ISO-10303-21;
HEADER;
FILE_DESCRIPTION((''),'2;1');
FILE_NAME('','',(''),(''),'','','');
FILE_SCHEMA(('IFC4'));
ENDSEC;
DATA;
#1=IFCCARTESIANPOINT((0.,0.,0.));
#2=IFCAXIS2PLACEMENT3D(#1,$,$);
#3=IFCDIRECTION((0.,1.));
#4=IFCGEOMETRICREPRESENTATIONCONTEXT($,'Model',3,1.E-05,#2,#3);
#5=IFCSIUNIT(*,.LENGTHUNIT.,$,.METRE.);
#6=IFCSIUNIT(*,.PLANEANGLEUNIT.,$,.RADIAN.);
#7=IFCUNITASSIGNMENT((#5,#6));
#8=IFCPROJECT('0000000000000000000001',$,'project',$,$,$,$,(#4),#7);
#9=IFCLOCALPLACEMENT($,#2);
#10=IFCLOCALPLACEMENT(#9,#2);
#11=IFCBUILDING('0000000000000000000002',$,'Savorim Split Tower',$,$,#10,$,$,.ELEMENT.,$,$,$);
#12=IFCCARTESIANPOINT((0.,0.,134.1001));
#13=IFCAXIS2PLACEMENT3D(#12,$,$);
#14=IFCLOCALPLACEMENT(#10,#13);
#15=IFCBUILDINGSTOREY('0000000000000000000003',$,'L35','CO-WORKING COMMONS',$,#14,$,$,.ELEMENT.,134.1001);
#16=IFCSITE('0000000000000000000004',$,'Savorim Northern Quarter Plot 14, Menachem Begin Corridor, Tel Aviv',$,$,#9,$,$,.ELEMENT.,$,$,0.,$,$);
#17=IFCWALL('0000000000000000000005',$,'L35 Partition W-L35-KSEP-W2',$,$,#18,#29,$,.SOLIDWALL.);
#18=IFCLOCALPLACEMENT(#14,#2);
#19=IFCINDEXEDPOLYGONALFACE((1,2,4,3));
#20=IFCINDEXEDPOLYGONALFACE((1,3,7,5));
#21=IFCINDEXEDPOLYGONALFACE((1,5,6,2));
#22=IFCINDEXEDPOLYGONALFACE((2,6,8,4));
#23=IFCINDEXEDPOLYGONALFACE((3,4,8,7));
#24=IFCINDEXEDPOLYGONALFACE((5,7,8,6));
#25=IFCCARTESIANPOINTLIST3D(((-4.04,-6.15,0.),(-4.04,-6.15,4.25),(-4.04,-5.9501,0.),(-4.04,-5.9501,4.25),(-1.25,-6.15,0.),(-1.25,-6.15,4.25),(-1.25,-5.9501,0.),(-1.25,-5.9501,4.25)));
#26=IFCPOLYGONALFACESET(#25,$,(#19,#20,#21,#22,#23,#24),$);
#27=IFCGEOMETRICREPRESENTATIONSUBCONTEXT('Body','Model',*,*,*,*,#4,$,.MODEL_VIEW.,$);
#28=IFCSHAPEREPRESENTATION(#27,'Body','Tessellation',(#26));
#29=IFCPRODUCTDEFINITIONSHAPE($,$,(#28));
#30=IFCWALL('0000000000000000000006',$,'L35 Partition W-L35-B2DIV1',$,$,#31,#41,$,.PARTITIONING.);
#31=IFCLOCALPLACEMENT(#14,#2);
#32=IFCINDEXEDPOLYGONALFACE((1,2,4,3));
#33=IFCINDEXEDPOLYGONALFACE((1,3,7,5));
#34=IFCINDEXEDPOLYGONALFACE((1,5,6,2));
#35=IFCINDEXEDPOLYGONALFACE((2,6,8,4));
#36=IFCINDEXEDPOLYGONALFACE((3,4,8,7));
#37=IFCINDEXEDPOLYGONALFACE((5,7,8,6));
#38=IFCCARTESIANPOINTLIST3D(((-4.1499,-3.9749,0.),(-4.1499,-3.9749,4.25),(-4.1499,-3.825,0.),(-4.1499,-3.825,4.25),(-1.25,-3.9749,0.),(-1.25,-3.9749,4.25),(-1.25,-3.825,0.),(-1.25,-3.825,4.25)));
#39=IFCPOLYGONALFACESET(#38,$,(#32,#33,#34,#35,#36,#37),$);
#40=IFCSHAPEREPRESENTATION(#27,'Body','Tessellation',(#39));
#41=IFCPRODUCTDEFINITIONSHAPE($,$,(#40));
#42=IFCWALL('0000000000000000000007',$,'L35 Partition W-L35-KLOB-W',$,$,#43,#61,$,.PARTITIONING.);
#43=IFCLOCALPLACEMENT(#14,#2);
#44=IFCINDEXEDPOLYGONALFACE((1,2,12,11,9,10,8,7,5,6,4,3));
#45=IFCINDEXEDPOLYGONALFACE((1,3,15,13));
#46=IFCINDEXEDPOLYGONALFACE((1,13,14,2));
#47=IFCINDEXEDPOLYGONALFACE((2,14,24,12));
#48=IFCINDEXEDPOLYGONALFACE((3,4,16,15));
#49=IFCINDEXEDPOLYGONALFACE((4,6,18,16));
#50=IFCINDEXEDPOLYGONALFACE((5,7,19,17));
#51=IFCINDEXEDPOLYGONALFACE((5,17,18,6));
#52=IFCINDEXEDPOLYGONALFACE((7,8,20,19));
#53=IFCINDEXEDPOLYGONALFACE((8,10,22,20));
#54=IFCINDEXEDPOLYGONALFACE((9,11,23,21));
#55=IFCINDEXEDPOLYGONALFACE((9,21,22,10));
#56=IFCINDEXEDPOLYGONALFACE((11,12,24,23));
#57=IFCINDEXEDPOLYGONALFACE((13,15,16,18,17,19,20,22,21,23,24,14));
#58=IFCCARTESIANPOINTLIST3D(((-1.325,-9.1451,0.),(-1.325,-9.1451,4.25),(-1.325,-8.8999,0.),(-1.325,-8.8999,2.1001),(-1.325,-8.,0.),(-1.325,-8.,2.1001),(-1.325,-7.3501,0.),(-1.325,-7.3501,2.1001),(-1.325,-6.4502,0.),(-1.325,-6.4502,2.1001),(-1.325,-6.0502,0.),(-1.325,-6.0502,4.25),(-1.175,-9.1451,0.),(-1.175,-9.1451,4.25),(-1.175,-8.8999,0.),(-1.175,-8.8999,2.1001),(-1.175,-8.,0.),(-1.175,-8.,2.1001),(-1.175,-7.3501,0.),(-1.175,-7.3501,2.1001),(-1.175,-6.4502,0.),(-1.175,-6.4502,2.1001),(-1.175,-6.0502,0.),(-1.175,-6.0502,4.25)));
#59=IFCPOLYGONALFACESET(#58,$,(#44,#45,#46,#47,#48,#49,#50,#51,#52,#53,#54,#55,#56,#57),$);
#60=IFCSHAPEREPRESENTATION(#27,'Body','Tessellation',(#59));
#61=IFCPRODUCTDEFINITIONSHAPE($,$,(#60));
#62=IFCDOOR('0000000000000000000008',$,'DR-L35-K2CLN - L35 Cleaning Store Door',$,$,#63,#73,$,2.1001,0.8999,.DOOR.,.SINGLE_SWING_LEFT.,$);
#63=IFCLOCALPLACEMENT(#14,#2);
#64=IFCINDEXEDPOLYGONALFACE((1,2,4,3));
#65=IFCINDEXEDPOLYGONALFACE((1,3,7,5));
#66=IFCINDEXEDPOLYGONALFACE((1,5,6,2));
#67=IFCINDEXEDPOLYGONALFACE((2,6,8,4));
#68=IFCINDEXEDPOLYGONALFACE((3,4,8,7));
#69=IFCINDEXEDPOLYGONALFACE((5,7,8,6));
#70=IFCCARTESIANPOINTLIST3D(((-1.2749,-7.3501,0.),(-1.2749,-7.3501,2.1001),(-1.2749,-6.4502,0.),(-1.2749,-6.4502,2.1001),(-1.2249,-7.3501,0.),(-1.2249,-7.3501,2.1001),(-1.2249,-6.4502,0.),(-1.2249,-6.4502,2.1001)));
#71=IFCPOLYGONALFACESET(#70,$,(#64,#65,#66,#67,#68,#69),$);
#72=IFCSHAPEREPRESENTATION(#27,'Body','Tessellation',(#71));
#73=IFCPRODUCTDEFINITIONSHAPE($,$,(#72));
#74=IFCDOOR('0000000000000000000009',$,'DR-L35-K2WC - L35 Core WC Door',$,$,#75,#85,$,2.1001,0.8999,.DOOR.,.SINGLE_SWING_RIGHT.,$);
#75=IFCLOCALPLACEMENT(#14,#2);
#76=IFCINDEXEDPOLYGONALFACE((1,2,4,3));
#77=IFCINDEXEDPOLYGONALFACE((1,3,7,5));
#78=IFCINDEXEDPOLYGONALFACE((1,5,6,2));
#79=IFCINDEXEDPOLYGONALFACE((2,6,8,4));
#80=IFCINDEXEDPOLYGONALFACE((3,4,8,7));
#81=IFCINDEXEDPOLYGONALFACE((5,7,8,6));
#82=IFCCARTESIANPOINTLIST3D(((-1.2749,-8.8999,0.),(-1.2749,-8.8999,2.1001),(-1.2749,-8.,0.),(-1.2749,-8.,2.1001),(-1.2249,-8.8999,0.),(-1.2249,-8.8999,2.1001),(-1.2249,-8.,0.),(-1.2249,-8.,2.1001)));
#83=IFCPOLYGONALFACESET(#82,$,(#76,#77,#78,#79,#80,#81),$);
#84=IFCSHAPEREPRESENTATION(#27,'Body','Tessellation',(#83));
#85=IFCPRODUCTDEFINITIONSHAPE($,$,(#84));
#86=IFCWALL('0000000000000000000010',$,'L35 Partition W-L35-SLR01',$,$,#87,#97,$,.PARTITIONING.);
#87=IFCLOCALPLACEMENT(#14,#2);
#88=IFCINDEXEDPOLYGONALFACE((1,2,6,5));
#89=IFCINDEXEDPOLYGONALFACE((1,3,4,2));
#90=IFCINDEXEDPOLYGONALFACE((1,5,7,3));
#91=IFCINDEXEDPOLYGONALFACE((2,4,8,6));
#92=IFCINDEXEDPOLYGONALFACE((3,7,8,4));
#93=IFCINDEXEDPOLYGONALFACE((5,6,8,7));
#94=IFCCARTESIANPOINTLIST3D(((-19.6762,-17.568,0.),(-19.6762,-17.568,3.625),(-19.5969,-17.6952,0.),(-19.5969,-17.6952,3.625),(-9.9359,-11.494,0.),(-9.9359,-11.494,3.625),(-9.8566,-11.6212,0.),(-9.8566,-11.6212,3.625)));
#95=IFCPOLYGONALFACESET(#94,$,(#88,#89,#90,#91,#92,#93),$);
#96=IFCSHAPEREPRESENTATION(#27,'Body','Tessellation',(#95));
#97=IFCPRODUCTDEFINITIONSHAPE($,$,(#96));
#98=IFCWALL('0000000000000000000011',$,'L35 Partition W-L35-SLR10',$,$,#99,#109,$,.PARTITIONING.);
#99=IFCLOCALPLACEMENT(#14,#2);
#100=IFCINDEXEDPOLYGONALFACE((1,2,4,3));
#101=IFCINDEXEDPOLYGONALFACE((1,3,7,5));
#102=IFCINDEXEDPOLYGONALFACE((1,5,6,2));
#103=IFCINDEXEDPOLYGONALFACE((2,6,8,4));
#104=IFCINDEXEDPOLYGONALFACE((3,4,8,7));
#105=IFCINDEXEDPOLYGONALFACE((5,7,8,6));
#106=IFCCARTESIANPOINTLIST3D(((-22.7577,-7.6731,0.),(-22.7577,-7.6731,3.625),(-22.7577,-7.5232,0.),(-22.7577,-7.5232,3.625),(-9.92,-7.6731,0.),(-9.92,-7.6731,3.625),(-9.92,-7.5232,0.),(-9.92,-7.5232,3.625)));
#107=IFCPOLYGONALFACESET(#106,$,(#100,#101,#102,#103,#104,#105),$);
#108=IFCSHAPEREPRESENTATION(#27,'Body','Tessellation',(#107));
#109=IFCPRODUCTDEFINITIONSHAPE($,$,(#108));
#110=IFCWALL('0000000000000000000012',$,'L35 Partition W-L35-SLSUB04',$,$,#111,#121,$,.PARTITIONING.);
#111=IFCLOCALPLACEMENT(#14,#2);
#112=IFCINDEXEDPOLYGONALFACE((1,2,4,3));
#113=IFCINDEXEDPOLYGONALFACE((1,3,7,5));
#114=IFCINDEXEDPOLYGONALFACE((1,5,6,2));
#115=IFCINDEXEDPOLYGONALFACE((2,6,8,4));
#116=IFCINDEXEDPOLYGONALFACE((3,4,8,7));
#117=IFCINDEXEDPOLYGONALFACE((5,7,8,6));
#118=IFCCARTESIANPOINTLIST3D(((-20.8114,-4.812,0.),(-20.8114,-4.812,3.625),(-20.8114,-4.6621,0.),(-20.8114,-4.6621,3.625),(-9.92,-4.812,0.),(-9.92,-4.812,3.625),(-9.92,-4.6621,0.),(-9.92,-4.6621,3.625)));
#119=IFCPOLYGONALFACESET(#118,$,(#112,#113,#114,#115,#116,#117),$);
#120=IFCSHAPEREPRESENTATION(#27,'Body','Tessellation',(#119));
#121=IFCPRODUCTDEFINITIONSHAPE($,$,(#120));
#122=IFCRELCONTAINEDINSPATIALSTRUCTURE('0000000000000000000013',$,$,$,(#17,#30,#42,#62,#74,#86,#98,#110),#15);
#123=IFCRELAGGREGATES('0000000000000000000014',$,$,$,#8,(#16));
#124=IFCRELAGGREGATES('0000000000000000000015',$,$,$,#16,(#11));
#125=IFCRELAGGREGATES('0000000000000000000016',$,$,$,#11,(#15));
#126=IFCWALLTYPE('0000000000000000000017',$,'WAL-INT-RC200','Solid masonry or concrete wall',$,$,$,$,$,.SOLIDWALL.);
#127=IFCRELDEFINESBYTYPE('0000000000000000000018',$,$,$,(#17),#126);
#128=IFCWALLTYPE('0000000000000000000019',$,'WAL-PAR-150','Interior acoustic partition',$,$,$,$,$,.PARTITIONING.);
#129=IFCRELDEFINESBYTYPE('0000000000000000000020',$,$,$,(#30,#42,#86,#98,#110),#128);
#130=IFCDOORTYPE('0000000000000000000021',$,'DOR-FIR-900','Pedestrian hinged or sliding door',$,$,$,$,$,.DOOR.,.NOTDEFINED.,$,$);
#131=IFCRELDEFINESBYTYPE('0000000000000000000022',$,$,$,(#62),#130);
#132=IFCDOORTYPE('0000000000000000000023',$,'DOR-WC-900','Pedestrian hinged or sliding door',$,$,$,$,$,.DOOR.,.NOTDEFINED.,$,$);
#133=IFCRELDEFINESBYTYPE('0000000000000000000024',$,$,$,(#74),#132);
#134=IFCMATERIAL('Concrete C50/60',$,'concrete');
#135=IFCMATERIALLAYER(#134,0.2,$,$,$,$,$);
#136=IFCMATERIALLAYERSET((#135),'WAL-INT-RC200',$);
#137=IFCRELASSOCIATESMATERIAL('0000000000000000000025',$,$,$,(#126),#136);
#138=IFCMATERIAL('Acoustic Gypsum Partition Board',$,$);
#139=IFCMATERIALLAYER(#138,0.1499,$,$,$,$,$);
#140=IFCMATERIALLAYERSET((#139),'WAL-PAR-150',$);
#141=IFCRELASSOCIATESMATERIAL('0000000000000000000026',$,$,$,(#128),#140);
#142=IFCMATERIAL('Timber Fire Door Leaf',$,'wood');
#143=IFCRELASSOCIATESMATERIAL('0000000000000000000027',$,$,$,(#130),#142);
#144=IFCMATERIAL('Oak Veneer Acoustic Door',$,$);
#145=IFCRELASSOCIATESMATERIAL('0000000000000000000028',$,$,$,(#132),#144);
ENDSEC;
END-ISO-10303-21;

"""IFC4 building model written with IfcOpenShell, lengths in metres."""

from ifc_helpers import new_model, si_unit, direction, frame, frame_2d, origin, place, context, subcontext, project, spatial, rectangle, extrude, material, layer, layer_set, type_object, element, fill, save


model = new_model("IFC4")

# Units and contexts
model_context = context("Model", 3, precision=1e-05, world=origin(), true_north=direction((0.0, 1.0)))
body_context = subcontext(model_context, "Body", "Model", "MODEL_VIEW")
ifc_project = project(units=[si_unit("LENGTHUNIT", "METRE"), si_unit("PLANEANGLEUNIT", "RADIAN")], contexts=[model_context])

# Site, building, storey
site_placement = place(None, origin())
site = spatial("IfcSite", under=ifc_project, at=site_placement, Name="Savorim Northern Quarter Plot 14, Menachem Begin Corridor, Tel Aviv", CompositionType="ELEMENT", RefElevation=0.0)
building_placement = place(site_placement, origin())
building = spatial("IfcBuilding", under=site, at=building_placement, Name="Savorim Split Tower", CompositionType="ELEMENT")
storey_placement = place(building_placement, frame((0.0, 0.0, 134.1001)))
storey = spatial("IfcBuildingStorey", under=building, at=storey_placement, Name="L35", Description="CO-WORKING COMMONS", CompositionType="ELEMENT", Elevation=134.1001)

# Shared definitions
ifc_material_1 = material(Name="Timber Fire Door Leaf", Category="wood")

# Shared definitions
ifc_material_2 = material(Name="Concrete C50/60", Category="concrete")
ifc_layer_1 = layer(ifc_material_2, 0.2)
ifc_layer_set_1 = layer_set([ifc_layer_1], Name="WAL-INT-RC200")
wall_type_1 = type_object("IfcWallType", Name="WAL-INT-RC200", Description="Solid masonry or concrete wall", PredefinedType="SOLIDWALL", material=ifc_layer_set_1)

# Walls
wall_1_placement = place(storey_placement, frame((-4.04, -6.05, 0.0), z_axis=(0.0, 0.0, 1.0), x_axis=(1.0, 0.0, 0.0)))
element("IfcWall", 1, at=wall_1_placement, inside=storey, type_object=wall_type_1, Name="L35 Partition W-L35-KSEP-W2", PredefinedType="SOLIDWALL", context=body_context, shape_type="SweptSolid", body=[
    extrude(rectangle(XDim=2.79, YDim=0.2, at=frame_2d((1.395, 0.0))), origin(), (0.0, 0.0, 1.0), 4.25),
])
ifc_material_3 = material(Name="Acoustic Gypsum Partition Board")
ifc_layer_2 = layer(ifc_material_3, 0.1499)
ifc_layer_set_2 = layer_set([ifc_layer_2], Name="WAL-PAR-150")
wall_type_2 = type_object("IfcWallType", Name="WAL-PAR-150", Description="Interior acoustic partition", PredefinedType="PARTITIONING", material=ifc_layer_set_2)
wall_2_placement = place(storey_placement, frame((-4.1499, -3.8999, 0.0), z_axis=(0.0, 0.0, 1.0), x_axis=(1.0, 0.0, 0.0)))
element("IfcWall", 2, at=wall_2_placement, inside=storey, type_object=wall_type_2, Name="L35 Partition W-L35-B2DIV1", PredefinedType="PARTITIONING", context=body_context, shape_type="SweptSolid", body=[
    extrude(rectangle(XDim=2.8999, YDim=0.1499, at=frame_2d((1.45, 0.0))), origin(), (0.0, 0.0, 1.0), 4.25),
])

# Wall, openings, doors
wall_3_placement = place(storey_placement, frame((-1.25, -9.145, 0.0), z_axis=(0.0, 0.0, 1.0), x_axis=(0.0, 1.0, 0.0)))
wall_3 = element("IfcWall", 3, at=wall_3_placement, inside=storey, type_object=wall_type_2, Name="L35 Partition W-L35-KLOB-W", PredefinedType="PARTITIONING", context=body_context, shape_type="SweptSolid", body=[
    extrude(rectangle(XDim=3.095, YDim=0.1499, at=frame_2d((1.5474, 0.0))), origin(), (0.0, 0.0, 1.0), 4.25),
])
opening_1_placement = place(wall_3_placement, frame((1.7949, 0.0, 0.0)))
opening_1 = element("IfcOpeningElement", 4, at=opening_1_placement, cuts=wall_3, PredefinedType="OPENING", context=body_context, shape_type="SweptSolid", body=[
    extrude(rectangle(XDim=0.8999, YDim=2.1001, at=frame_2d((0.45, 1.05))), frame((0.0, 0.085, 0.0), z_axis=(0.0, -1.0, 0.0), x_axis=(1.0, 0.0, 0.0)), (0.0, 0.0, 1.0), 0.1699),
])
opening_2_placement = place(wall_3_placement, frame((0.2451, 0.0, 0.0)))
opening_2 = element("IfcOpeningElement", 5, at=opening_2_placement, cuts=wall_3, PredefinedType="OPENING", context=body_context, shape_type="SweptSolid", body=[
    extrude(rectangle(XDim=0.8999, YDim=2.1001, at=frame_2d((0.45, 1.05))), frame((0.0, 0.085, 0.0), z_axis=(0.0, -1.0, 0.0), x_axis=(1.0, 0.0, 0.0)), (0.0, 0.0, 1.0), 0.1699),
])
door_type_1 = type_object("IfcDoorType", Name="DOR-FIR-900", Description="Pedestrian hinged or sliding door", OperationType="NOTDEFINED", PredefinedType="DOOR", material=ifc_material_1)
door_1_placement = place(opening_1_placement, origin())
door_1 = element("IfcDoor", 6, at=door_1_placement, inside=storey, type_object=door_type_1, Name="DR-L35-K2CLN - L35 Cleaning Store Door", OperationType="SINGLE_SWING_LEFT", OverallHeight=2.1001, OverallWidth=0.8999, PredefinedType="DOOR", context=body_context, shape_type="SweptSolid", body=[
    extrude(rectangle(XDim=0.8999, YDim=2.1001, at=frame_2d((0.45, 1.05))), frame((0.0, 0.0249, 0.0), z_axis=(0.0, -1.0, 0.0), x_axis=(1.0, 0.0, 0.0)), (0.0, 0.0, 1.0), 0.05),
])
fill(opening_1, door_1)
ifc_material_4 = material(Name="Oak Veneer Acoustic Door")
door_type_2 = type_object("IfcDoorType", Name="DOR-WC-900", Description="Pedestrian hinged or sliding door", OperationType="NOTDEFINED", PredefinedType="DOOR", material=ifc_material_4)
door_2_placement = place(opening_2_placement, origin())
door_2 = element("IfcDoor", 7, at=door_2_placement, inside=storey, type_object=door_type_2, Name="DR-L35-K2WC - L35 Core WC Door", OperationType="SINGLE_SWING_RIGHT", OverallHeight=2.1001, OverallWidth=0.8999, PredefinedType="DOOR", context=body_context, shape_type="SweptSolid", body=[
    extrude(rectangle(XDim=0.8999, YDim=2.1001, at=frame_2d((0.45, 1.05))), frame((0.0, 0.0249, 0.0), z_axis=(0.0, -1.0, 0.0), x_axis=(1.0, 0.0, 0.0)), (0.0, 0.0, 1.0), 0.05),
])
fill(opening_2, door_2)

# Walls
wall_4_placement = place(storey_placement, frame((-9.8962, -11.5576, 0.0), z_axis=(0.0, 0.0, 1.0), x_axis=(-0.848533, -0.529142, 0.0)))
element("IfcWall", 8, at=wall_4_placement, inside=storey, type_object=wall_type_2, Name="L35 Partition W-L35-SLR01", PredefinedType="PARTITIONING", context=body_context, shape_type="SweptSolid", body=[
    extrude(rectangle(XDim=11.479, YDim=0.1499, at=frame_2d((5.7395, 0.0))), origin(), (0.0, 0.0, 1.0), 3.625),
])
wall_5_placement = place(storey_placement, frame((-9.9199, -7.5981, 0.0), z_axis=(0.0, 0.0, 1.0), x_axis=(-1.0, 0.0, 0.0)))
element("IfcWall", 9, at=wall_5_placement, inside=storey, type_object=wall_type_2, Name="L35 Partition W-L35-SLR10", PredefinedType="PARTITIONING", context=body_context, shape_type="SweptSolid", body=[
    extrude(rectangle(XDim=12.8376, YDim=0.1499, at=frame_2d((6.4189, 0.0))), origin(), (0.0, 0.0, 1.0), 3.625),
])
wall_6_placement = place(storey_placement, frame((-9.9199, -4.7371, 0.0), z_axis=(0.0, 0.0, 1.0), x_axis=(-1.0, 0.0, 0.0)))
element("IfcWall", 10, at=wall_6_placement, inside=storey, type_object=wall_type_2, Name="L35 Partition W-L35-SLSUB04", PredefinedType="PARTITIONING", context=body_context, shape_type="SweptSolid", body=[
    extrude(rectangle(XDim=10.8914, YDim=0.1499, at=frame_2d((5.4458, 0.0))), origin(), (0.0, 0.0, 1.0), 3.625),
])

save(model, "model.ifc")
